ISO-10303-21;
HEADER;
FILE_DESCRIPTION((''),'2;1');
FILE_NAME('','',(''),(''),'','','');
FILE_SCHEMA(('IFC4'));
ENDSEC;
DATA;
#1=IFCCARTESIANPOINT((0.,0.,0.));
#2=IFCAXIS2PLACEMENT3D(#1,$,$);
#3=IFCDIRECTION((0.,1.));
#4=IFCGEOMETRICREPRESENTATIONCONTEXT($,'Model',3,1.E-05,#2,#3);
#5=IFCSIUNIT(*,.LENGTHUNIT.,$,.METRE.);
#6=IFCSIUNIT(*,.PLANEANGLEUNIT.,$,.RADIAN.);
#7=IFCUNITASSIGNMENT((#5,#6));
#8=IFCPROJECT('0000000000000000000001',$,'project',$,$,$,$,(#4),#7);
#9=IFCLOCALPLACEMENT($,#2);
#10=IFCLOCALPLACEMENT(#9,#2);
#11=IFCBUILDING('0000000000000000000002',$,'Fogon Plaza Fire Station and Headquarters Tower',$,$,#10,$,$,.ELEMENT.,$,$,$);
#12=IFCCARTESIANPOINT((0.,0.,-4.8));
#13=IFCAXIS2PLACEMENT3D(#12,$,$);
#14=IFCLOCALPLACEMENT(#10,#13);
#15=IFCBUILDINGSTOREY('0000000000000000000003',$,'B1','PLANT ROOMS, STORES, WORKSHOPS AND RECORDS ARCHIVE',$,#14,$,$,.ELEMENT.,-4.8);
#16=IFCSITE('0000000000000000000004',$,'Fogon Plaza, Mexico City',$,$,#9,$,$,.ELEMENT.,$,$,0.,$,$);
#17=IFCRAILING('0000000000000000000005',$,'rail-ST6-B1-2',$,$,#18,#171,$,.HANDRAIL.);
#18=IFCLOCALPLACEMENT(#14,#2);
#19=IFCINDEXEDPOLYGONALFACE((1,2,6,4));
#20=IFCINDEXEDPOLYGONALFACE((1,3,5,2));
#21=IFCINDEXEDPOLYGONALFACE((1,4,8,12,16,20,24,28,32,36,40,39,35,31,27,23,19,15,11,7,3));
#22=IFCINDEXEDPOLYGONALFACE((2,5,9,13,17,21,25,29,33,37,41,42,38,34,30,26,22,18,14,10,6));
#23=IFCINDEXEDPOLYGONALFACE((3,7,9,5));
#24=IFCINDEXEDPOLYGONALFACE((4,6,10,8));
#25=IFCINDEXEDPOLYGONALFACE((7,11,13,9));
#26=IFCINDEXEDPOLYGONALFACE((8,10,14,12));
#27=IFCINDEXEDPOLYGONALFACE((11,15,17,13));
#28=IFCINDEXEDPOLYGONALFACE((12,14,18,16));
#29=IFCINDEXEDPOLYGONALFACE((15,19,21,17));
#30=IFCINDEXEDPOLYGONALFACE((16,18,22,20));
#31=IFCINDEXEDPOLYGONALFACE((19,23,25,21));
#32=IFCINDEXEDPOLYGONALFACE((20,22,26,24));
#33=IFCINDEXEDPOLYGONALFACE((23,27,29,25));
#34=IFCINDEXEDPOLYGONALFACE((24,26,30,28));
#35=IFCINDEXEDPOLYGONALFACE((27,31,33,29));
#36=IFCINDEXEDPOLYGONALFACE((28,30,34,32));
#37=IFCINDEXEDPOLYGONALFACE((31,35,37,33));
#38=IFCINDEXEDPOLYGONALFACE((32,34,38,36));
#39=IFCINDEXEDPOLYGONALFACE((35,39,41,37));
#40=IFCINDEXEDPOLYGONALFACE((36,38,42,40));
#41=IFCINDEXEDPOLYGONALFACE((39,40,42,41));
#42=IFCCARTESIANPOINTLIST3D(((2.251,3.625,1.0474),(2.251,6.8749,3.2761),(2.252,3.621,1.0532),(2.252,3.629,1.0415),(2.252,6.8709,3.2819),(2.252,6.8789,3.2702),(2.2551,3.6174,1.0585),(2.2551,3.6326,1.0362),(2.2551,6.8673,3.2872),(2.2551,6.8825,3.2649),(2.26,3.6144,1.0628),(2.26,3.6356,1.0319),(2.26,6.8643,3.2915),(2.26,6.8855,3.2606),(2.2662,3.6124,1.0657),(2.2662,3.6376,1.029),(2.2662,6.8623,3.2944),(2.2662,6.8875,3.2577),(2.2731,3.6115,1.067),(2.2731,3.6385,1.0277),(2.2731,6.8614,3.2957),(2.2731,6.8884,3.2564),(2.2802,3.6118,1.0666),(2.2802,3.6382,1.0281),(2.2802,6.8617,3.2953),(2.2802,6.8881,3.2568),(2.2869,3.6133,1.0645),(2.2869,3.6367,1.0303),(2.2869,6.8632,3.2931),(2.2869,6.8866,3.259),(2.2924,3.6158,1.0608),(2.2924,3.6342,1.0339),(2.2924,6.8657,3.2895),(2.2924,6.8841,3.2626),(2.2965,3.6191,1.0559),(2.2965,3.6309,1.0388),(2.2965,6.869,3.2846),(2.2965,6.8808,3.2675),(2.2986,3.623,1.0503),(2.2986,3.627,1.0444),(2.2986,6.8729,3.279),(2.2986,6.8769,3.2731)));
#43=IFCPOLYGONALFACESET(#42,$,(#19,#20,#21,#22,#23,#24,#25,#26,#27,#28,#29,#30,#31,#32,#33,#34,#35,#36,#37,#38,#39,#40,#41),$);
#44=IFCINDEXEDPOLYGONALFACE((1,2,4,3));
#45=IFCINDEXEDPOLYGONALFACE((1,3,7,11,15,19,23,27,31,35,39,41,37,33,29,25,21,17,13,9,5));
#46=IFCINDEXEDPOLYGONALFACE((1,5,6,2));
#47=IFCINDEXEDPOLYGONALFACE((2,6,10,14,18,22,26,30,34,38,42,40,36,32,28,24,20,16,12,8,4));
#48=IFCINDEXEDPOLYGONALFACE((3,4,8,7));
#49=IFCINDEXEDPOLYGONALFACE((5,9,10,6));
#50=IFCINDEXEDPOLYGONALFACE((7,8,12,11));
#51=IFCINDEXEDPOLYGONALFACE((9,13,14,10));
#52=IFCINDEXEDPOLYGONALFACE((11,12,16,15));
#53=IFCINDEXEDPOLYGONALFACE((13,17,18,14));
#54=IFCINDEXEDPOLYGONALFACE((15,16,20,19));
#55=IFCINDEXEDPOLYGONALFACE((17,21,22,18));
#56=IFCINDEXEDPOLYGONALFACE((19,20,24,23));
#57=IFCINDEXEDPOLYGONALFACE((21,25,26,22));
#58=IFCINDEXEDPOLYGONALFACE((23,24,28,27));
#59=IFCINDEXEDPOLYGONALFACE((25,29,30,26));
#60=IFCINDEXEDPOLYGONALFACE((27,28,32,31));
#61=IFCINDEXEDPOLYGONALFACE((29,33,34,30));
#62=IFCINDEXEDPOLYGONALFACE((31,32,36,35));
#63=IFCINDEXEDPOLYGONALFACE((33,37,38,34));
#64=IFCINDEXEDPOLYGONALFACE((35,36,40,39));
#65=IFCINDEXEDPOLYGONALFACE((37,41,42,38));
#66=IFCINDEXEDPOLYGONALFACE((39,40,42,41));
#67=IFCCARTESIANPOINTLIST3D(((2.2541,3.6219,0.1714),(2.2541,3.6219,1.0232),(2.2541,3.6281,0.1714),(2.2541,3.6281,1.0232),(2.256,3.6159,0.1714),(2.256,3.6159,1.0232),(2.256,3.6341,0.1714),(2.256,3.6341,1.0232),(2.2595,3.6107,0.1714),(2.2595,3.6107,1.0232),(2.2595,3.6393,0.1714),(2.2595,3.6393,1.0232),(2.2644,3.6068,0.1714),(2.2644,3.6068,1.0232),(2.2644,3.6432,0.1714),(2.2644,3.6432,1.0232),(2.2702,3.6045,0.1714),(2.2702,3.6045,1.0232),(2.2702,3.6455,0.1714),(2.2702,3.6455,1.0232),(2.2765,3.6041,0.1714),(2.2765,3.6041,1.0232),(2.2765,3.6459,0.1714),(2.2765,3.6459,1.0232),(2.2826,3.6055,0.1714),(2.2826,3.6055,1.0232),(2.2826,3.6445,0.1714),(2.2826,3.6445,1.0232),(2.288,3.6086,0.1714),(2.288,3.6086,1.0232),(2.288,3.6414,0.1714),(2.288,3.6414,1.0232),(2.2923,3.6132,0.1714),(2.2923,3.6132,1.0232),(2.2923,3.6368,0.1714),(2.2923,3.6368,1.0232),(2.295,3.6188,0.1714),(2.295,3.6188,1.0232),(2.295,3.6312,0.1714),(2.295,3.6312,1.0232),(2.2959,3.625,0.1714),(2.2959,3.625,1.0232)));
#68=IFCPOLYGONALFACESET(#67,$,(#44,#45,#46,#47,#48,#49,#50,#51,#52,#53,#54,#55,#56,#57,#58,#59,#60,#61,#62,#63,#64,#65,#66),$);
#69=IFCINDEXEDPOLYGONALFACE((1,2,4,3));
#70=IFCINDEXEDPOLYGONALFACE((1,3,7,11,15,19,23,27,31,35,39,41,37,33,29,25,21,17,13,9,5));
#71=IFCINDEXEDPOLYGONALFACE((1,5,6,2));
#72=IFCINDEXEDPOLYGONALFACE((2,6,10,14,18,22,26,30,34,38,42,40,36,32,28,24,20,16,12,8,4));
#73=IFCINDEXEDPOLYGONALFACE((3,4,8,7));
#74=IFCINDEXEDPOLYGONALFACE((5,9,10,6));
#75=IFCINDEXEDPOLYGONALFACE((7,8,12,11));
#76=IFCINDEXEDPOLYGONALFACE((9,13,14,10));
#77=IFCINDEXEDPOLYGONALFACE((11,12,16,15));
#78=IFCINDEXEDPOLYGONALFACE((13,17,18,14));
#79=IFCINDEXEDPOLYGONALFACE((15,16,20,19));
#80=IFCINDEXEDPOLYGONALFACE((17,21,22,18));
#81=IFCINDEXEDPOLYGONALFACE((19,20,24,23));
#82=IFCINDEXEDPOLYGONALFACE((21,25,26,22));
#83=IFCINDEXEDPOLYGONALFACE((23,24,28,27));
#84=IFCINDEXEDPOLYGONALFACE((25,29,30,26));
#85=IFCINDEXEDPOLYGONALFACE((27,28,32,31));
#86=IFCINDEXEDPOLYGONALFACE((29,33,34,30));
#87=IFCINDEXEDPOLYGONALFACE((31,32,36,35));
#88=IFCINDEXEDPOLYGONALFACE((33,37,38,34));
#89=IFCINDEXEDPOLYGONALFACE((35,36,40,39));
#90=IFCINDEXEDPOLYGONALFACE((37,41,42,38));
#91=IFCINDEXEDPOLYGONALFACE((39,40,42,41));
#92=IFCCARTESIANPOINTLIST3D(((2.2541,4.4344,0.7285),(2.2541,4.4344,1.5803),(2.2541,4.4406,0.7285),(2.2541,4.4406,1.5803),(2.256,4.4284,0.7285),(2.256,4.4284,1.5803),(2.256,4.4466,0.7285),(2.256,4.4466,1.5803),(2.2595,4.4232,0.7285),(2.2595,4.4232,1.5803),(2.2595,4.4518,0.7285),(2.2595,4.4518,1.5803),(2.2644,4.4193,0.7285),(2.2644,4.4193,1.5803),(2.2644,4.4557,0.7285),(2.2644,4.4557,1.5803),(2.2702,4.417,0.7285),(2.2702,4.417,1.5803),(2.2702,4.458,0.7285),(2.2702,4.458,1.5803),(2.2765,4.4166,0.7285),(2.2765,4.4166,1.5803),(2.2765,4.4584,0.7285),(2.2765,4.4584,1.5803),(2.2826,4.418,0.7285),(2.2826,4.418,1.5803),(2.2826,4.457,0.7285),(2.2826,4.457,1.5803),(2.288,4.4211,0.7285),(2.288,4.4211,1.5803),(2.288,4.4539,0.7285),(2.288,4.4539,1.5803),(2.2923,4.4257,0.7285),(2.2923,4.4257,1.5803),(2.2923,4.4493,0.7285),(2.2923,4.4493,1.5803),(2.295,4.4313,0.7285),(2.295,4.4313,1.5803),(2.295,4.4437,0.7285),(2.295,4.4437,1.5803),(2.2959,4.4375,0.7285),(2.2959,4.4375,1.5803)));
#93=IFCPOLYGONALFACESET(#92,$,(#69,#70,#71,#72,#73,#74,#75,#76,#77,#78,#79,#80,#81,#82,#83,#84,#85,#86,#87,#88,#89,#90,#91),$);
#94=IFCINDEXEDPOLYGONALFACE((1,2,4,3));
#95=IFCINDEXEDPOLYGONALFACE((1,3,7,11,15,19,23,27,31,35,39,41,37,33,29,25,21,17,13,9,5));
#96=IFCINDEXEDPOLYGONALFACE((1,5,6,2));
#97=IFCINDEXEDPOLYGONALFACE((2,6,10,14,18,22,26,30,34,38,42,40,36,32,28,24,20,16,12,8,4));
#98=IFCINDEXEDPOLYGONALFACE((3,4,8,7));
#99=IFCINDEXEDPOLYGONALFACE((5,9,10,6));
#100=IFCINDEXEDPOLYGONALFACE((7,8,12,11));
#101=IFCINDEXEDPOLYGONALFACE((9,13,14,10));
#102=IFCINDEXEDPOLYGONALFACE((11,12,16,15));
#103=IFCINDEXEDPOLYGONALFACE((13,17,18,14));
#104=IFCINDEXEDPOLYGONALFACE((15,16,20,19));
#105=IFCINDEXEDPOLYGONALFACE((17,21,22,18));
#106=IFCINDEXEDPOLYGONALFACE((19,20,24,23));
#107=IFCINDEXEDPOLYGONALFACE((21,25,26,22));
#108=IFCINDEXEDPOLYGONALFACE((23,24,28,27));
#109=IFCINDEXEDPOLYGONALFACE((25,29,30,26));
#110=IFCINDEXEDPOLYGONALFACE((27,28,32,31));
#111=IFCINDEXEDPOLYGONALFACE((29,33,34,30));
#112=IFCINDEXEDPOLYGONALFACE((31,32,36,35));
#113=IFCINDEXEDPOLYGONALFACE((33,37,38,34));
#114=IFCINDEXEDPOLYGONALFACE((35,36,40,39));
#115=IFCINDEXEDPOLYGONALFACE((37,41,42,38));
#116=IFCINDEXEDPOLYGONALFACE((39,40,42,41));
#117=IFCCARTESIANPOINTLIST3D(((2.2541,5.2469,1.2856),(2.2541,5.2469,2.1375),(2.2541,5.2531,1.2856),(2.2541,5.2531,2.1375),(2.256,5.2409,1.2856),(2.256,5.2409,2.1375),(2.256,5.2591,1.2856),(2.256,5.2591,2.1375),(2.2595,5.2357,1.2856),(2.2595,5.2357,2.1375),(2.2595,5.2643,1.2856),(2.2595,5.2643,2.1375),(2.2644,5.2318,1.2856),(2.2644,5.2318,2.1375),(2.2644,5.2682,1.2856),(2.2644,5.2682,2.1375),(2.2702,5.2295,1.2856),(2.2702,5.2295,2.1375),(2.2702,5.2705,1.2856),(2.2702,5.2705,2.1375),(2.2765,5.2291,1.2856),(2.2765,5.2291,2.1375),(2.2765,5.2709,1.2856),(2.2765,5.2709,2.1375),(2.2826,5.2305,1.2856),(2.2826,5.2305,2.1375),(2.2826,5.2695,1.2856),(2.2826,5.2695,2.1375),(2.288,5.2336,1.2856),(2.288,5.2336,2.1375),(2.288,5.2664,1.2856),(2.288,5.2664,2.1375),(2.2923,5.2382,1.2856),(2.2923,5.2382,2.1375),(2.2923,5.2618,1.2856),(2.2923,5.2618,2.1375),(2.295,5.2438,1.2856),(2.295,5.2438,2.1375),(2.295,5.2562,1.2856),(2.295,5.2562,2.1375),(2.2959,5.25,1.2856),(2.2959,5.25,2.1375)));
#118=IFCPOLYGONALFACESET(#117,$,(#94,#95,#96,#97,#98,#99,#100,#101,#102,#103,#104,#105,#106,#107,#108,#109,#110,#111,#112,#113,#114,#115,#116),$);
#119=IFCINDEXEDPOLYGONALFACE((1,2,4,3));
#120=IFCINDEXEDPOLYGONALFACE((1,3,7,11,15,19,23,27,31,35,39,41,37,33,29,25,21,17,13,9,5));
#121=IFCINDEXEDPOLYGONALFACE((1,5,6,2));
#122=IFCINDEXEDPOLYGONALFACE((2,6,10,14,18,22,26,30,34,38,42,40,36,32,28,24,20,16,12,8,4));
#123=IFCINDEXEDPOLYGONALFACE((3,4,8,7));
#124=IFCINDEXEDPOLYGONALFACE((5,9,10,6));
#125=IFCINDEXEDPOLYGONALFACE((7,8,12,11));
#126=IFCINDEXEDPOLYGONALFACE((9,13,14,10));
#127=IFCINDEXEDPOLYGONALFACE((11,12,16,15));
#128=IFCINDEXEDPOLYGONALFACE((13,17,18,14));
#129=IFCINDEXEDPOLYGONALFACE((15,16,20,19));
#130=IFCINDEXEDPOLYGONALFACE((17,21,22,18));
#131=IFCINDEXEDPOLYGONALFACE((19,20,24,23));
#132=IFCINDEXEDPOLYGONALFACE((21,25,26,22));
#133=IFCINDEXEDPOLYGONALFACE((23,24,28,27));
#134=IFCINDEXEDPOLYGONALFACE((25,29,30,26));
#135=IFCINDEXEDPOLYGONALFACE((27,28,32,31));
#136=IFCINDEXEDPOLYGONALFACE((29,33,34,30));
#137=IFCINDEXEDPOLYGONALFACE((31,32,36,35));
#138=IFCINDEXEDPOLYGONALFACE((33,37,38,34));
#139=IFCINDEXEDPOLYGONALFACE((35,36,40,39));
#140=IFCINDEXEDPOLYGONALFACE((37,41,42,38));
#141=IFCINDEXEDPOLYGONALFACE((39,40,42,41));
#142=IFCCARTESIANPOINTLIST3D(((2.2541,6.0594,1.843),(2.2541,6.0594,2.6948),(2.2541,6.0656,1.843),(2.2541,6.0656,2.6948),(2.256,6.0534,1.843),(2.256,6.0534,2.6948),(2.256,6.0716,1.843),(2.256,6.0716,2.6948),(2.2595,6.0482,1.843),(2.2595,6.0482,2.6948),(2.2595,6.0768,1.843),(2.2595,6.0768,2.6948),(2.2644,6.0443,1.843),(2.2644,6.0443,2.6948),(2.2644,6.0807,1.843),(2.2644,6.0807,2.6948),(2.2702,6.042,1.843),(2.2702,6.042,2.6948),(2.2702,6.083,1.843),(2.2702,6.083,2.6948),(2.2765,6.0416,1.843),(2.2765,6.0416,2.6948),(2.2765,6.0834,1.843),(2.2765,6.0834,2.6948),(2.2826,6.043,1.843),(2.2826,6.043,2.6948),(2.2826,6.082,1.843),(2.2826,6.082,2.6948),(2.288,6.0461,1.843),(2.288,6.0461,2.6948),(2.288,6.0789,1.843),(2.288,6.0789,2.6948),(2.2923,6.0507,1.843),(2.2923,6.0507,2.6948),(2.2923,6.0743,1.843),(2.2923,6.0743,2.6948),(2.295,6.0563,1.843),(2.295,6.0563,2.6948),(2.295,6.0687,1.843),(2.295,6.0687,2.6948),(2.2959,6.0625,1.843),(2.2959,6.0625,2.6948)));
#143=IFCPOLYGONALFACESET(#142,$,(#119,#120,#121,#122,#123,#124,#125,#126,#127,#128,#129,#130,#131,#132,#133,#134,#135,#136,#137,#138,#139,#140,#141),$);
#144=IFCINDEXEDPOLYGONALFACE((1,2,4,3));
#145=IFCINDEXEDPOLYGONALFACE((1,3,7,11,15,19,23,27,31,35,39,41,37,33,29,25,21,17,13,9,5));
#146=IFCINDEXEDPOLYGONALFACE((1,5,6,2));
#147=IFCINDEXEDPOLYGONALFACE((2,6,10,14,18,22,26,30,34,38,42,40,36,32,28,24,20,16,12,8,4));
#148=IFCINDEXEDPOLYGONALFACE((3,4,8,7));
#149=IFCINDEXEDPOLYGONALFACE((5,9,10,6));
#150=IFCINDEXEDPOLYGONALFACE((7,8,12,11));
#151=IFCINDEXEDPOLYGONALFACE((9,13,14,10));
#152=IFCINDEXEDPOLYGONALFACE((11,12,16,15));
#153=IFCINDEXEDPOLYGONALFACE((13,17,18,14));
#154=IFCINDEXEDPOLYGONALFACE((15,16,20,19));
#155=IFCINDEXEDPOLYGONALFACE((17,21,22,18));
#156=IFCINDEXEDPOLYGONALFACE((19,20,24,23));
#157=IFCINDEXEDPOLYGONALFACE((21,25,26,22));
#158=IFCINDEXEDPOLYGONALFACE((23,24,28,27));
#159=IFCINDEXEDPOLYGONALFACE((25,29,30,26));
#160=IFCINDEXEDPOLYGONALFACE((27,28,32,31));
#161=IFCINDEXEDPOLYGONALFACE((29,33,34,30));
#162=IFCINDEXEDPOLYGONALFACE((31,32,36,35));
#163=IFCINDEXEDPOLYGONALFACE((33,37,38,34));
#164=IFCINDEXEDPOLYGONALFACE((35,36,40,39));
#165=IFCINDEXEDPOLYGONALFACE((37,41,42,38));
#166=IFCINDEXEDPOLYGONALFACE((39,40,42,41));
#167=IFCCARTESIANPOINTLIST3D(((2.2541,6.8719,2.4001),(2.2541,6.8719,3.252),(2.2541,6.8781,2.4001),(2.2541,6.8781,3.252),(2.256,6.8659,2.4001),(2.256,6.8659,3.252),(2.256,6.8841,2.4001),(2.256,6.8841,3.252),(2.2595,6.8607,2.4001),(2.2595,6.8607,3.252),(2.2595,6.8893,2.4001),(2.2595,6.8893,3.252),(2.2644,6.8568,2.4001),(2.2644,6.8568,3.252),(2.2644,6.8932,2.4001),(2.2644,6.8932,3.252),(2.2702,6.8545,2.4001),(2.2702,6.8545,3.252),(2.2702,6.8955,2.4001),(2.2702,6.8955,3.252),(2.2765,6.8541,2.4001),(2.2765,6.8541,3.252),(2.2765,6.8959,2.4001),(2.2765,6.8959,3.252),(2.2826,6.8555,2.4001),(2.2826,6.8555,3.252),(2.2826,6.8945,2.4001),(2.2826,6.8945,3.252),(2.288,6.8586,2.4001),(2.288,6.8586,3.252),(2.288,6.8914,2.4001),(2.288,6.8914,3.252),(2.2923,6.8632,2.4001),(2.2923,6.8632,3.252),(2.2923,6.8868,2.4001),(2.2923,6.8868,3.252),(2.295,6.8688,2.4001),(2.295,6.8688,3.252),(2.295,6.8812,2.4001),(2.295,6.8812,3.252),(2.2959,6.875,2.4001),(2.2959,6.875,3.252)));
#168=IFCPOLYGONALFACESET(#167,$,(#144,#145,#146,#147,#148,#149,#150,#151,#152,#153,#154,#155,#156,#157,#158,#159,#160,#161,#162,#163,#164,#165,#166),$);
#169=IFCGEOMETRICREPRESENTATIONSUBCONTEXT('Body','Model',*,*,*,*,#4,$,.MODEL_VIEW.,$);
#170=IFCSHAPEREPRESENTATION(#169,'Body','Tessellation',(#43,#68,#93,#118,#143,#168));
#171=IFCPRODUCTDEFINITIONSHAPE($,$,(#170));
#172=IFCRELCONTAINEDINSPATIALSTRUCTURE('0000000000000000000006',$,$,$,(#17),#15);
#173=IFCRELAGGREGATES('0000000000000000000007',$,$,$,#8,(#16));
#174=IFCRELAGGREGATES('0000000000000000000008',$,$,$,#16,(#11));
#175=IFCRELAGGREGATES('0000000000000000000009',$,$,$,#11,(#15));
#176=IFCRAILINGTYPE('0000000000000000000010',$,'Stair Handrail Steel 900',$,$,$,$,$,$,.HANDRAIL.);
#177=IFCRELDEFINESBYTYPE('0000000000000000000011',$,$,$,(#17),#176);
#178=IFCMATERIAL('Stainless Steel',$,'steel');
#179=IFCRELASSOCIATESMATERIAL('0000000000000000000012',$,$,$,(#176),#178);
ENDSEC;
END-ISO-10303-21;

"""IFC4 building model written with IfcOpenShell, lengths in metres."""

from ifc_helpers import new_model, si_unit, direction, frame, origin, origin_2d, place, context, subcontext, project, spatial, circle, extrude, material, type_object, element, save


model = new_model("IFC4")

# Units and contexts
model_context = context("Model", 3, precision=1e-05, world=origin(), true_north=direction((0.0, 1.0)))
body_context = subcontext(model_context, "Body", "Model", "MODEL_VIEW")
ifc_project = project(units=[si_unit("LENGTHUNIT", "METRE"), si_unit("PLANEANGLEUNIT", "RADIAN")], contexts=[model_context])

# Site, building, storey
site_placement = place(None, origin())
site = spatial("IfcSite", under=ifc_project, at=site_placement, Name="Fogon Plaza, Mexico City", CompositionType="ELEMENT", RefElevation=0.0)
building_placement = place(site_placement, origin())
building = spatial("IfcBuilding", under=site, at=building_placement, Name="Fogon Plaza Fire Station and Headquarters Tower", CompositionType="ELEMENT")
storey_placement = place(building_placement, frame((0.0, 0.0, -4.8)))
storey = spatial("IfcBuildingStorey", under=building, at=storey_placement, Name="B1", Description="PLANT ROOMS, STORES, WORKSHOPS AND RECORDS ARCHIVE", CompositionType="ELEMENT", Elevation=-4.8)

# Railing
ifc_material_1 = material(Name="Stainless Steel", Category="steel")
railing_type = type_object("IfcRailingType", Name="Stair Handrail Steel 900", PredefinedType="HANDRAIL", material=ifc_material_1)
for number, where, name in (
    (1, (2.2749, 3.625, 0.1714), "rail-ST6-B1-2"),
):
    element("IfcRailing", number, at=place(storey_placement, frame(where)), inside=storey, type_object=railing_type, Name=name, PredefinedType="HANDRAIL", context=body_context, shape_type="SweptSolid", body=[
        extrude(circle(Radius=0.0239, at=origin_2d()), frame((0.0, 0.0, 0.876), z_axis=(0.0, 0.824707, 0.565561), x_axis=(-1.0, 0.0, 0.0)), (0.0, 0.0, 1.0), 3.9407),
        extrude(circle(Radius=0.021, at=origin_2d()), origin(), (0.0, 0.0, 1.0), 0.8518),
        extrude(circle(Radius=0.021, at=origin_2d()), frame((0.0, 0.8125, 0.5571)), (0.0, 0.0, 1.0), 0.8518),
        extrude(circle(Radius=0.021, at=origin_2d()), frame((0.0, 1.625, 1.1143)), (0.0, 0.0, 1.0), 0.8518),
        extrude(circle(Radius=0.021, at=origin_2d()), frame((0.0, 2.4375, 1.6716)), (0.0, 0.0, 1.0), 0.8518),
        extrude(circle(Radius=0.021, at=origin_2d()), frame((0.0, 3.25, 2.2288)), (0.0, 0.0, 1.0), 0.8518),
    ])

save(model, "model.ifc")
